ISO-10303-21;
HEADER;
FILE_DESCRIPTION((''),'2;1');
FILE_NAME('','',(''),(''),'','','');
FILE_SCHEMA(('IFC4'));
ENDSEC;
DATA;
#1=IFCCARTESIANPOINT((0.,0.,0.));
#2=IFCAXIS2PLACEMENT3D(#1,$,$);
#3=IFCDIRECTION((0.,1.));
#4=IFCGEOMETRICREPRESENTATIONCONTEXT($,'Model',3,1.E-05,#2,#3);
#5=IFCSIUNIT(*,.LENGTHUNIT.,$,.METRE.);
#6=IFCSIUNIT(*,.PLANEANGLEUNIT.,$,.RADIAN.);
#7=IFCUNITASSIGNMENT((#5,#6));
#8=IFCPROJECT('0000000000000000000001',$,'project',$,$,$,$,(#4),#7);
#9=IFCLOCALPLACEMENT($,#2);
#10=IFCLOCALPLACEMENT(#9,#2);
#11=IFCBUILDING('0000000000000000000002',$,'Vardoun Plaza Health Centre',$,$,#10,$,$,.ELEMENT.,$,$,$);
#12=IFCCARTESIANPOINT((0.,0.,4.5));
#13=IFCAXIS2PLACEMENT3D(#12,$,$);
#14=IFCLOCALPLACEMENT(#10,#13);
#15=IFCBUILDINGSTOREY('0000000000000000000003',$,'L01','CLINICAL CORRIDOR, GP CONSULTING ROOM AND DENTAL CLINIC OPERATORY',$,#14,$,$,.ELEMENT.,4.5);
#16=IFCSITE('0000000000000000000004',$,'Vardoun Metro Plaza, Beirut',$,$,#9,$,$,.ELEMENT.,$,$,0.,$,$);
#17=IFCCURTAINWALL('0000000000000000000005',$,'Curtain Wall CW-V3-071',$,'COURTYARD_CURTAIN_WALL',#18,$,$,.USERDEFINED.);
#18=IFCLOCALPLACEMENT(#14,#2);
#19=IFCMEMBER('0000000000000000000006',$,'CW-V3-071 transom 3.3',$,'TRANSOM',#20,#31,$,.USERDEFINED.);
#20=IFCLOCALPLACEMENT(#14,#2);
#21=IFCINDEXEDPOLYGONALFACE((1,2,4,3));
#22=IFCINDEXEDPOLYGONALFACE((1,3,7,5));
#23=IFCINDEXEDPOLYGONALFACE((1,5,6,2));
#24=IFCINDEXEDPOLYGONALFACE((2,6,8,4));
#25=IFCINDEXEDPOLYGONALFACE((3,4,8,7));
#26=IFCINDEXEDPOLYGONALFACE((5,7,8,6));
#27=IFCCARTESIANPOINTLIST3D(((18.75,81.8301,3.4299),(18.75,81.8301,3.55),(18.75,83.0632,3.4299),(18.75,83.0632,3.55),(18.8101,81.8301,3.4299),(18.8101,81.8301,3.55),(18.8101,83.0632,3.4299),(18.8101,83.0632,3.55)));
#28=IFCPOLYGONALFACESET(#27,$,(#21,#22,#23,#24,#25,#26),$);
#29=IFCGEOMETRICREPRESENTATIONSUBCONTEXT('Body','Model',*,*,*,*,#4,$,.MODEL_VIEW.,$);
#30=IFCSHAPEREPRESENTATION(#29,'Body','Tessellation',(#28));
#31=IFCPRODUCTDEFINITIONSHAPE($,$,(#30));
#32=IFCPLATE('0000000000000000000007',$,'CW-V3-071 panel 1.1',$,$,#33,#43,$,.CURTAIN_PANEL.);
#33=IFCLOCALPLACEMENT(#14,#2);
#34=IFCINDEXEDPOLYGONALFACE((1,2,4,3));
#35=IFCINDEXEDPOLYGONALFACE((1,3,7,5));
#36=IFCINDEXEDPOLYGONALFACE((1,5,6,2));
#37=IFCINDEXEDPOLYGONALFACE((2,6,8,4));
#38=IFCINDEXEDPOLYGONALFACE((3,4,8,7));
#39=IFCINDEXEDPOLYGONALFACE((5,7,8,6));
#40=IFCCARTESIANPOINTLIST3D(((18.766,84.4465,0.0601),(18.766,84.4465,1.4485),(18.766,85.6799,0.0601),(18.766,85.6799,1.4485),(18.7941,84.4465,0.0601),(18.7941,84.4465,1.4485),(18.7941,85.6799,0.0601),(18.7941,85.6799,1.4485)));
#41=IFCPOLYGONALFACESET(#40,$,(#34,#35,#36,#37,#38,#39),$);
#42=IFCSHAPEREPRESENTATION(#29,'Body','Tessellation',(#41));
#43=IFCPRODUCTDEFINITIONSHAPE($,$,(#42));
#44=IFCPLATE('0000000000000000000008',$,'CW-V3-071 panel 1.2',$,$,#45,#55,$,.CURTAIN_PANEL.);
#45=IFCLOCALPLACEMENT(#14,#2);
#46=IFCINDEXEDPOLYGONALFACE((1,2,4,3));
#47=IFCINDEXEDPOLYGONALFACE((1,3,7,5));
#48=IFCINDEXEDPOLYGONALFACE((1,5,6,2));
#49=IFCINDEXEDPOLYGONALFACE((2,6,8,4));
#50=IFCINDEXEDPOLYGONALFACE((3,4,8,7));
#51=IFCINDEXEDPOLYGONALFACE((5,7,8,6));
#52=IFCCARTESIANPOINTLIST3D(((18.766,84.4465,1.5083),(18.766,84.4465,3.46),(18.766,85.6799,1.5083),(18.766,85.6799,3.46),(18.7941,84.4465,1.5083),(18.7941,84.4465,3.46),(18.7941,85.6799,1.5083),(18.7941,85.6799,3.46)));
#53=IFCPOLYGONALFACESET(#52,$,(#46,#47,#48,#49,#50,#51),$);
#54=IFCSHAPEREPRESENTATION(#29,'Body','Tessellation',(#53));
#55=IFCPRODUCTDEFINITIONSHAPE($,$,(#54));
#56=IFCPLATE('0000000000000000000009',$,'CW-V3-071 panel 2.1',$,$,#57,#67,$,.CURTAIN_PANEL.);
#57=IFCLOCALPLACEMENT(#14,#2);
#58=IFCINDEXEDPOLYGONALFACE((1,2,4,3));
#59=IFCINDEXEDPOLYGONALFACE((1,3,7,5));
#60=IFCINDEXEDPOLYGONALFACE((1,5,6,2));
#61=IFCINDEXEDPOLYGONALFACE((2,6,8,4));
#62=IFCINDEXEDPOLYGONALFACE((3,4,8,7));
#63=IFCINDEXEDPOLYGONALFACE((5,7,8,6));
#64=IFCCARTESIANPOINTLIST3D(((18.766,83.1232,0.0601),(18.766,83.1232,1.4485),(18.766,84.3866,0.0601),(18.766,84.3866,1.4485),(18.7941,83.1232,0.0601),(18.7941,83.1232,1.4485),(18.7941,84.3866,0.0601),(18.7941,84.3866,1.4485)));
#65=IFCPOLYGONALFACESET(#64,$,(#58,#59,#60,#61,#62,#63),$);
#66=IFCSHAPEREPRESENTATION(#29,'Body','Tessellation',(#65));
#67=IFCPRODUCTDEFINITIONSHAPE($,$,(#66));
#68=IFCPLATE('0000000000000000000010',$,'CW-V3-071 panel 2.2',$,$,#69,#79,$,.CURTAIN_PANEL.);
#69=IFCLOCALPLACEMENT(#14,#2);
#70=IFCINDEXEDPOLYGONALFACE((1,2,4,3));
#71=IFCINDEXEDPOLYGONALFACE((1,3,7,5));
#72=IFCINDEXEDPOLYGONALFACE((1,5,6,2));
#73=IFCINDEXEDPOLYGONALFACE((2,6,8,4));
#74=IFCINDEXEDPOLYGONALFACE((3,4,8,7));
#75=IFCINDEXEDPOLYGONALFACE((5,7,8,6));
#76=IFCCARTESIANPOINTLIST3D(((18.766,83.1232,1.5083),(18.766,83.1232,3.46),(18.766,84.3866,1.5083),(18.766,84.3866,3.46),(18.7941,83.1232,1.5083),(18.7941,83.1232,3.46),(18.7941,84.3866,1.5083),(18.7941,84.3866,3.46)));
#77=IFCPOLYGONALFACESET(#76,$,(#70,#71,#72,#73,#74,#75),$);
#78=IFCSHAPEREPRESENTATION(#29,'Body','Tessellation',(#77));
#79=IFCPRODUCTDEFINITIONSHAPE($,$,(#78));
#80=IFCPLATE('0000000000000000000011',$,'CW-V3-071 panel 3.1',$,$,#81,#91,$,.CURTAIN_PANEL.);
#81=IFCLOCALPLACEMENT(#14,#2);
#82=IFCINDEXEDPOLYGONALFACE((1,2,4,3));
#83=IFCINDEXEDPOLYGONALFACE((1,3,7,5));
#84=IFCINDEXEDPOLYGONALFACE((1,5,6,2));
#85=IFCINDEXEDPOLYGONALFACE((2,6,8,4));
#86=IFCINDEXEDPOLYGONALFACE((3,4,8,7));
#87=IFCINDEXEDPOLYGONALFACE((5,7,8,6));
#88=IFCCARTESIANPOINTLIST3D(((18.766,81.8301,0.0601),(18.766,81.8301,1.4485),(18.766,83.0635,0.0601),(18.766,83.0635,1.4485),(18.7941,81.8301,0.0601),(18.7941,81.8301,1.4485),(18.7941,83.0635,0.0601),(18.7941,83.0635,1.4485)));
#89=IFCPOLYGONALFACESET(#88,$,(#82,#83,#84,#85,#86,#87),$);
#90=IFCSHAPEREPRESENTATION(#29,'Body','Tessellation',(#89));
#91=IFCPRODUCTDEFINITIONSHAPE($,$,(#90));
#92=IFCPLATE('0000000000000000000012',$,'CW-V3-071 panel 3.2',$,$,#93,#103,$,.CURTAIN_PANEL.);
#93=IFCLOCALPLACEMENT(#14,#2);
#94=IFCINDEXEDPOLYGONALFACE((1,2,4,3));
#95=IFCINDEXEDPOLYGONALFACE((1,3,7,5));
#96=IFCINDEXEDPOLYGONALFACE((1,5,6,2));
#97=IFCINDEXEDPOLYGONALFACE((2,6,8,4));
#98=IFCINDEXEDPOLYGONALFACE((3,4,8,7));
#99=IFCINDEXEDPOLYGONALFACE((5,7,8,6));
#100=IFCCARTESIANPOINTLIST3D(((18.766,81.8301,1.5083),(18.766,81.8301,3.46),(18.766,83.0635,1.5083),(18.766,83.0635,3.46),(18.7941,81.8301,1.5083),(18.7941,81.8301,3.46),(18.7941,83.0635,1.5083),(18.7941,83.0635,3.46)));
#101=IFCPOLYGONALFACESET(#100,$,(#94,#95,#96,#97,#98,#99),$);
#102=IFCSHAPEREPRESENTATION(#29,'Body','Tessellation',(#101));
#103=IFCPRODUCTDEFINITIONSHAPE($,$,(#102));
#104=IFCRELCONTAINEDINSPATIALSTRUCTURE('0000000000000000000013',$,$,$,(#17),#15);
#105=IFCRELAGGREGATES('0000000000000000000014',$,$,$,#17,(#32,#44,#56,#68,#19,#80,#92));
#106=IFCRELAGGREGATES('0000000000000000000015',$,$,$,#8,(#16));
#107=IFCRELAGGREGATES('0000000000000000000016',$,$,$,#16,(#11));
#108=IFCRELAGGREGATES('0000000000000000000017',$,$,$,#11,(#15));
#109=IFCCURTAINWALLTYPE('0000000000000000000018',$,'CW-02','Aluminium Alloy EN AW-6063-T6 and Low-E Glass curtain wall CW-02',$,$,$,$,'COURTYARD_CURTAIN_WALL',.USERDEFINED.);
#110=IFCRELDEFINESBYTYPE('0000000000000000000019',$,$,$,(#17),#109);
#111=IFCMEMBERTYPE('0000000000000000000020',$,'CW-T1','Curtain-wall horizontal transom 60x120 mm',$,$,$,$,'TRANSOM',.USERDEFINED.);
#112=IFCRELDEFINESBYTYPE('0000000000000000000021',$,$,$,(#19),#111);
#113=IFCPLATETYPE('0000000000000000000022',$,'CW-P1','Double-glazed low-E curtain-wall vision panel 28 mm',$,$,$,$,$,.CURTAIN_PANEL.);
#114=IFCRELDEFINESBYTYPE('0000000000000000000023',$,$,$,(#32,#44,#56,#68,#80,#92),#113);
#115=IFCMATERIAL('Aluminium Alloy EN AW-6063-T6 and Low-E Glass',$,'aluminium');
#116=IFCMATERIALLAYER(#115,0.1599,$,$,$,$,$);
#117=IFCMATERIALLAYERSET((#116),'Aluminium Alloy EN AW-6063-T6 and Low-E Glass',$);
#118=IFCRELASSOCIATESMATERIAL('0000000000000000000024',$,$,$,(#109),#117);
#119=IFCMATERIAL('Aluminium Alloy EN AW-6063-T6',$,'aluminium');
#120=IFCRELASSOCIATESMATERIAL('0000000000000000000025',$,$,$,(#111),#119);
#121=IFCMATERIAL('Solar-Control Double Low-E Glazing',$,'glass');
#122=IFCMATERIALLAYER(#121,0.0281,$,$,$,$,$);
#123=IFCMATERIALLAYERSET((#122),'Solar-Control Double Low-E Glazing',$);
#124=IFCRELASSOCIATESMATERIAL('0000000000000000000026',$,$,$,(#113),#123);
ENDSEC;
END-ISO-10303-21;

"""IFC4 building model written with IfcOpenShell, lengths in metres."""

from ifc_helpers import new_model, si_unit, direction, frame, origin, origin_2d, place, context, subcontext, project, spatial, rectangle, extrude, material, layer, layer_set, material_profile, profile_set, type_object, element, aggregate, save


model = new_model("IFC4")

# Units and contexts
model_context = context("Model", 3, precision=1e-05, world=origin(), true_north=direction((0.0, 1.0)))
body_context = subcontext(model_context, "Body", "Model", "MODEL_VIEW")
ifc_project = project(units=[si_unit("LENGTHUNIT", "METRE"), si_unit("PLANEANGLEUNIT", "RADIAN")], contexts=[model_context])

# Site, building, storey
site_placement = place(None, origin())
site = spatial("IfcSite", under=ifc_project, at=site_placement, Name="Vardoun Metro Plaza, Beirut", CompositionType="ELEMENT", RefElevation=0.0)
building_placement = place(site_placement, origin())
building = spatial("IfcBuilding", under=site, at=building_placement, Name="Vardoun Plaza Health Centre", CompositionType="ELEMENT")
storey_placement = place(building_placement, frame((0.0, 0.0, 4.5)))
storey = spatial("IfcBuildingStorey", under=building, at=storey_placement, Name="L01", Description="CLINICAL CORRIDOR, GP CONSULTING ROOM AND DENTAL CLINIC OPERATORY", CompositionType="ELEMENT", Elevation=4.5)

# Curtain wall, member, plates
ifc_material_1 = material(Name="Aluminium Alloy EN AW-6063-T6 and Low-E Glass", Category="aluminium")
ifc_layer_1 = layer(ifc_material_1, 0.1599)
ifc_layer_set_1 = layer_set([ifc_layer_1], Name="Aluminium Alloy EN AW-6063-T6 and Low-E Glass")
curtain_wall_type = type_object("IfcCurtainWallType", Name="CW-02", Description="Aluminium Alloy EN AW-6063-T6 and Low-E Glass curtain wall CW-02", ElementType="COURTYARD_CURTAIN_WALL", PredefinedType="USERDEFINED", material=ifc_layer_set_1)
curtain_wall_placement = place(storey_placement, origin())
curtain_wall = element("IfcCurtainWall", 1, at=curtain_wall_placement, inside=storey, type_object=curtain_wall_type, Name="Curtain Wall CW-V3-071", ObjectType="COURTYARD_CURTAIN_WALL", PredefinedType="USERDEFINED")
ifc_material_2 = material(Name="Aluminium Alloy EN AW-6063-T6", Category="aluminium")
ifc_material_profile_1 = material_profile(ifc_material_2, rectangle(XDim=0.0601, YDim=0.1201, at=origin_2d()), Name="CWT 60x120")
ifc_profile_set_1 = profile_set([ifc_material_profile_1], Name="Aluminium Alloy EN AW-6063-T6")
member_type_1 = type_object("IfcMemberType", Name="CW-T1", Description="Curtain-wall horizontal transom 60x120 mm", ElementType="TRANSOM", PredefinedType="USERDEFINED", material=ifc_profile_set_1)
member_1_placement = place(storey_placement, frame((18.78, 83.0632, 3.49), z_axis=(0.0, -1.0, 0.0), x_axis=(1.0, 0.0, 0.0)))
member_1 = element("IfcMember", 2, at=member_1_placement, type_object=member_type_1, Name="CW-V3-071 transom 3.3", ObjectType="TRANSOM", PredefinedType="USERDEFINED", context=body_context, shape_type="SweptSolid", body=[
    extrude(rectangle(XDim=0.0601, YDim=0.1201, at=origin_2d()), origin(), (0.0, 0.0, 1.0), 1.2332),
])
ifc_material_3 = material(Name="Solar-Control Double Low-E Glazing", Category="glass")
ifc_layer_2 = layer(ifc_material_3, 0.0281)
ifc_layer_set_2 = layer_set([ifc_layer_2], Name="Solar-Control Double Low-E Glazing")
plate_type = type_object("IfcPlateType", Name="CW-P1", Description="Double-glazed low-E curtain-wall vision panel 28 mm", PredefinedType="CURTAIN_PANEL", material=ifc_layer_set_2)
plate_1_placement = place(storey_placement, frame((18.78, 85.0632, 0.0601), z_axis=(0.0, 0.0, 1.0), x_axis=(0.0, -1.0, 0.0)))
plate_1 = element("IfcPlate", 3, at=plate_1_placement, type_object=plate_type, Name="CW-V3-071 panel 1.1", PredefinedType="CURTAIN_PANEL", context=body_context, shape_type="SweptSolid", body=[
    extrude(rectangle(XDim=1.2334, YDim=0.0281, at=origin_2d()), origin(), (0.0, 0.0, 1.0), 1.3884),
])
plate_2_placement = place(storey_placement, frame((18.78, 85.0632, 1.5083), z_axis=(0.0, 0.0, 1.0), x_axis=(0.0, -1.0, 0.0)))
plate_2 = element("IfcPlate", 4, at=plate_2_placement, type_object=plate_type, Name="CW-V3-071 panel 1.2", PredefinedType="CURTAIN_PANEL", context=body_context, shape_type="SweptSolid", body=[
    extrude(rectangle(XDim=1.2334, YDim=0.0281, at=origin_2d()), origin(), (0.0, 0.0, 1.0), 1.9517),
])
plate_3_placement = place(storey_placement, frame((18.78, 83.7549, 0.0601), z_axis=(0.0, 0.0, 1.0), x_axis=(0.0, -1.0, 0.0)))
plate_3 = element("IfcPlate", 5, at=plate_3_placement, type_object=plate_type, Name="CW-V3-071 panel 2.1", PredefinedType="CURTAIN_PANEL", context=body_context, shape_type="SweptSolid", body=[
    extrude(rectangle(XDim=1.2634, YDim=0.0281, at=origin_2d()), origin(), (0.0, 0.0, 1.0), 1.3884),
])
plate_4_placement = place(storey_placement, frame((18.78, 83.7549, 1.5083), z_axis=(0.0, 0.0, 1.0), x_axis=(0.0, -1.0, 0.0)))
plate_4 = element("IfcPlate", 6, at=plate_4_placement, type_object=plate_type, Name="CW-V3-071 panel 2.2", PredefinedType="CURTAIN_PANEL", context=body_context, shape_type="SweptSolid", body=[
    extrude(rectangle(XDim=1.2634, YDim=0.0281, at=origin_2d()), origin(), (0.0, 0.0, 1.0), 1.9517),
])
plate_5_placement = place(storey_placement, frame((18.78, 82.4468, 0.0601), z_axis=(0.0, 0.0, 1.0), x_axis=(0.0, -1.0, 0.0)))
plate_5 = element("IfcPlate", 7, at=plate_5_placement, type_object=plate_type, Name="CW-V3-071 panel 3.1", PredefinedType="CURTAIN_PANEL", context=body_context, shape_type="SweptSolid", body=[
    extrude(rectangle(XDim=1.2334, YDim=0.0281, at=origin_2d()), origin(), (0.0, 0.0, 1.0), 1.3884),
])
plate_6_placement = place(storey_placement, frame((18.78, 82.4468, 1.5083), z_axis=(0.0, 0.0, 1.0), x_axis=(0.0, -1.0, 0.0)))
plate_6 = element("IfcPlate", 8, at=plate_6_placement, type_object=plate_type, Name="CW-V3-071 panel 3.2", PredefinedType="CURTAIN_PANEL", context=body_context, shape_type="SweptSolid", body=[
    extrude(rectangle(XDim=1.2334, YDim=0.0281, at=origin_2d()), origin(), (0.0, 0.0, 1.0), 1.9517),
])
aggregate(curtain_wall, [plate_1, plate_2, plate_3, plate_4, member_1, plate_5, plate_6])

save(model, "model.ifc")
